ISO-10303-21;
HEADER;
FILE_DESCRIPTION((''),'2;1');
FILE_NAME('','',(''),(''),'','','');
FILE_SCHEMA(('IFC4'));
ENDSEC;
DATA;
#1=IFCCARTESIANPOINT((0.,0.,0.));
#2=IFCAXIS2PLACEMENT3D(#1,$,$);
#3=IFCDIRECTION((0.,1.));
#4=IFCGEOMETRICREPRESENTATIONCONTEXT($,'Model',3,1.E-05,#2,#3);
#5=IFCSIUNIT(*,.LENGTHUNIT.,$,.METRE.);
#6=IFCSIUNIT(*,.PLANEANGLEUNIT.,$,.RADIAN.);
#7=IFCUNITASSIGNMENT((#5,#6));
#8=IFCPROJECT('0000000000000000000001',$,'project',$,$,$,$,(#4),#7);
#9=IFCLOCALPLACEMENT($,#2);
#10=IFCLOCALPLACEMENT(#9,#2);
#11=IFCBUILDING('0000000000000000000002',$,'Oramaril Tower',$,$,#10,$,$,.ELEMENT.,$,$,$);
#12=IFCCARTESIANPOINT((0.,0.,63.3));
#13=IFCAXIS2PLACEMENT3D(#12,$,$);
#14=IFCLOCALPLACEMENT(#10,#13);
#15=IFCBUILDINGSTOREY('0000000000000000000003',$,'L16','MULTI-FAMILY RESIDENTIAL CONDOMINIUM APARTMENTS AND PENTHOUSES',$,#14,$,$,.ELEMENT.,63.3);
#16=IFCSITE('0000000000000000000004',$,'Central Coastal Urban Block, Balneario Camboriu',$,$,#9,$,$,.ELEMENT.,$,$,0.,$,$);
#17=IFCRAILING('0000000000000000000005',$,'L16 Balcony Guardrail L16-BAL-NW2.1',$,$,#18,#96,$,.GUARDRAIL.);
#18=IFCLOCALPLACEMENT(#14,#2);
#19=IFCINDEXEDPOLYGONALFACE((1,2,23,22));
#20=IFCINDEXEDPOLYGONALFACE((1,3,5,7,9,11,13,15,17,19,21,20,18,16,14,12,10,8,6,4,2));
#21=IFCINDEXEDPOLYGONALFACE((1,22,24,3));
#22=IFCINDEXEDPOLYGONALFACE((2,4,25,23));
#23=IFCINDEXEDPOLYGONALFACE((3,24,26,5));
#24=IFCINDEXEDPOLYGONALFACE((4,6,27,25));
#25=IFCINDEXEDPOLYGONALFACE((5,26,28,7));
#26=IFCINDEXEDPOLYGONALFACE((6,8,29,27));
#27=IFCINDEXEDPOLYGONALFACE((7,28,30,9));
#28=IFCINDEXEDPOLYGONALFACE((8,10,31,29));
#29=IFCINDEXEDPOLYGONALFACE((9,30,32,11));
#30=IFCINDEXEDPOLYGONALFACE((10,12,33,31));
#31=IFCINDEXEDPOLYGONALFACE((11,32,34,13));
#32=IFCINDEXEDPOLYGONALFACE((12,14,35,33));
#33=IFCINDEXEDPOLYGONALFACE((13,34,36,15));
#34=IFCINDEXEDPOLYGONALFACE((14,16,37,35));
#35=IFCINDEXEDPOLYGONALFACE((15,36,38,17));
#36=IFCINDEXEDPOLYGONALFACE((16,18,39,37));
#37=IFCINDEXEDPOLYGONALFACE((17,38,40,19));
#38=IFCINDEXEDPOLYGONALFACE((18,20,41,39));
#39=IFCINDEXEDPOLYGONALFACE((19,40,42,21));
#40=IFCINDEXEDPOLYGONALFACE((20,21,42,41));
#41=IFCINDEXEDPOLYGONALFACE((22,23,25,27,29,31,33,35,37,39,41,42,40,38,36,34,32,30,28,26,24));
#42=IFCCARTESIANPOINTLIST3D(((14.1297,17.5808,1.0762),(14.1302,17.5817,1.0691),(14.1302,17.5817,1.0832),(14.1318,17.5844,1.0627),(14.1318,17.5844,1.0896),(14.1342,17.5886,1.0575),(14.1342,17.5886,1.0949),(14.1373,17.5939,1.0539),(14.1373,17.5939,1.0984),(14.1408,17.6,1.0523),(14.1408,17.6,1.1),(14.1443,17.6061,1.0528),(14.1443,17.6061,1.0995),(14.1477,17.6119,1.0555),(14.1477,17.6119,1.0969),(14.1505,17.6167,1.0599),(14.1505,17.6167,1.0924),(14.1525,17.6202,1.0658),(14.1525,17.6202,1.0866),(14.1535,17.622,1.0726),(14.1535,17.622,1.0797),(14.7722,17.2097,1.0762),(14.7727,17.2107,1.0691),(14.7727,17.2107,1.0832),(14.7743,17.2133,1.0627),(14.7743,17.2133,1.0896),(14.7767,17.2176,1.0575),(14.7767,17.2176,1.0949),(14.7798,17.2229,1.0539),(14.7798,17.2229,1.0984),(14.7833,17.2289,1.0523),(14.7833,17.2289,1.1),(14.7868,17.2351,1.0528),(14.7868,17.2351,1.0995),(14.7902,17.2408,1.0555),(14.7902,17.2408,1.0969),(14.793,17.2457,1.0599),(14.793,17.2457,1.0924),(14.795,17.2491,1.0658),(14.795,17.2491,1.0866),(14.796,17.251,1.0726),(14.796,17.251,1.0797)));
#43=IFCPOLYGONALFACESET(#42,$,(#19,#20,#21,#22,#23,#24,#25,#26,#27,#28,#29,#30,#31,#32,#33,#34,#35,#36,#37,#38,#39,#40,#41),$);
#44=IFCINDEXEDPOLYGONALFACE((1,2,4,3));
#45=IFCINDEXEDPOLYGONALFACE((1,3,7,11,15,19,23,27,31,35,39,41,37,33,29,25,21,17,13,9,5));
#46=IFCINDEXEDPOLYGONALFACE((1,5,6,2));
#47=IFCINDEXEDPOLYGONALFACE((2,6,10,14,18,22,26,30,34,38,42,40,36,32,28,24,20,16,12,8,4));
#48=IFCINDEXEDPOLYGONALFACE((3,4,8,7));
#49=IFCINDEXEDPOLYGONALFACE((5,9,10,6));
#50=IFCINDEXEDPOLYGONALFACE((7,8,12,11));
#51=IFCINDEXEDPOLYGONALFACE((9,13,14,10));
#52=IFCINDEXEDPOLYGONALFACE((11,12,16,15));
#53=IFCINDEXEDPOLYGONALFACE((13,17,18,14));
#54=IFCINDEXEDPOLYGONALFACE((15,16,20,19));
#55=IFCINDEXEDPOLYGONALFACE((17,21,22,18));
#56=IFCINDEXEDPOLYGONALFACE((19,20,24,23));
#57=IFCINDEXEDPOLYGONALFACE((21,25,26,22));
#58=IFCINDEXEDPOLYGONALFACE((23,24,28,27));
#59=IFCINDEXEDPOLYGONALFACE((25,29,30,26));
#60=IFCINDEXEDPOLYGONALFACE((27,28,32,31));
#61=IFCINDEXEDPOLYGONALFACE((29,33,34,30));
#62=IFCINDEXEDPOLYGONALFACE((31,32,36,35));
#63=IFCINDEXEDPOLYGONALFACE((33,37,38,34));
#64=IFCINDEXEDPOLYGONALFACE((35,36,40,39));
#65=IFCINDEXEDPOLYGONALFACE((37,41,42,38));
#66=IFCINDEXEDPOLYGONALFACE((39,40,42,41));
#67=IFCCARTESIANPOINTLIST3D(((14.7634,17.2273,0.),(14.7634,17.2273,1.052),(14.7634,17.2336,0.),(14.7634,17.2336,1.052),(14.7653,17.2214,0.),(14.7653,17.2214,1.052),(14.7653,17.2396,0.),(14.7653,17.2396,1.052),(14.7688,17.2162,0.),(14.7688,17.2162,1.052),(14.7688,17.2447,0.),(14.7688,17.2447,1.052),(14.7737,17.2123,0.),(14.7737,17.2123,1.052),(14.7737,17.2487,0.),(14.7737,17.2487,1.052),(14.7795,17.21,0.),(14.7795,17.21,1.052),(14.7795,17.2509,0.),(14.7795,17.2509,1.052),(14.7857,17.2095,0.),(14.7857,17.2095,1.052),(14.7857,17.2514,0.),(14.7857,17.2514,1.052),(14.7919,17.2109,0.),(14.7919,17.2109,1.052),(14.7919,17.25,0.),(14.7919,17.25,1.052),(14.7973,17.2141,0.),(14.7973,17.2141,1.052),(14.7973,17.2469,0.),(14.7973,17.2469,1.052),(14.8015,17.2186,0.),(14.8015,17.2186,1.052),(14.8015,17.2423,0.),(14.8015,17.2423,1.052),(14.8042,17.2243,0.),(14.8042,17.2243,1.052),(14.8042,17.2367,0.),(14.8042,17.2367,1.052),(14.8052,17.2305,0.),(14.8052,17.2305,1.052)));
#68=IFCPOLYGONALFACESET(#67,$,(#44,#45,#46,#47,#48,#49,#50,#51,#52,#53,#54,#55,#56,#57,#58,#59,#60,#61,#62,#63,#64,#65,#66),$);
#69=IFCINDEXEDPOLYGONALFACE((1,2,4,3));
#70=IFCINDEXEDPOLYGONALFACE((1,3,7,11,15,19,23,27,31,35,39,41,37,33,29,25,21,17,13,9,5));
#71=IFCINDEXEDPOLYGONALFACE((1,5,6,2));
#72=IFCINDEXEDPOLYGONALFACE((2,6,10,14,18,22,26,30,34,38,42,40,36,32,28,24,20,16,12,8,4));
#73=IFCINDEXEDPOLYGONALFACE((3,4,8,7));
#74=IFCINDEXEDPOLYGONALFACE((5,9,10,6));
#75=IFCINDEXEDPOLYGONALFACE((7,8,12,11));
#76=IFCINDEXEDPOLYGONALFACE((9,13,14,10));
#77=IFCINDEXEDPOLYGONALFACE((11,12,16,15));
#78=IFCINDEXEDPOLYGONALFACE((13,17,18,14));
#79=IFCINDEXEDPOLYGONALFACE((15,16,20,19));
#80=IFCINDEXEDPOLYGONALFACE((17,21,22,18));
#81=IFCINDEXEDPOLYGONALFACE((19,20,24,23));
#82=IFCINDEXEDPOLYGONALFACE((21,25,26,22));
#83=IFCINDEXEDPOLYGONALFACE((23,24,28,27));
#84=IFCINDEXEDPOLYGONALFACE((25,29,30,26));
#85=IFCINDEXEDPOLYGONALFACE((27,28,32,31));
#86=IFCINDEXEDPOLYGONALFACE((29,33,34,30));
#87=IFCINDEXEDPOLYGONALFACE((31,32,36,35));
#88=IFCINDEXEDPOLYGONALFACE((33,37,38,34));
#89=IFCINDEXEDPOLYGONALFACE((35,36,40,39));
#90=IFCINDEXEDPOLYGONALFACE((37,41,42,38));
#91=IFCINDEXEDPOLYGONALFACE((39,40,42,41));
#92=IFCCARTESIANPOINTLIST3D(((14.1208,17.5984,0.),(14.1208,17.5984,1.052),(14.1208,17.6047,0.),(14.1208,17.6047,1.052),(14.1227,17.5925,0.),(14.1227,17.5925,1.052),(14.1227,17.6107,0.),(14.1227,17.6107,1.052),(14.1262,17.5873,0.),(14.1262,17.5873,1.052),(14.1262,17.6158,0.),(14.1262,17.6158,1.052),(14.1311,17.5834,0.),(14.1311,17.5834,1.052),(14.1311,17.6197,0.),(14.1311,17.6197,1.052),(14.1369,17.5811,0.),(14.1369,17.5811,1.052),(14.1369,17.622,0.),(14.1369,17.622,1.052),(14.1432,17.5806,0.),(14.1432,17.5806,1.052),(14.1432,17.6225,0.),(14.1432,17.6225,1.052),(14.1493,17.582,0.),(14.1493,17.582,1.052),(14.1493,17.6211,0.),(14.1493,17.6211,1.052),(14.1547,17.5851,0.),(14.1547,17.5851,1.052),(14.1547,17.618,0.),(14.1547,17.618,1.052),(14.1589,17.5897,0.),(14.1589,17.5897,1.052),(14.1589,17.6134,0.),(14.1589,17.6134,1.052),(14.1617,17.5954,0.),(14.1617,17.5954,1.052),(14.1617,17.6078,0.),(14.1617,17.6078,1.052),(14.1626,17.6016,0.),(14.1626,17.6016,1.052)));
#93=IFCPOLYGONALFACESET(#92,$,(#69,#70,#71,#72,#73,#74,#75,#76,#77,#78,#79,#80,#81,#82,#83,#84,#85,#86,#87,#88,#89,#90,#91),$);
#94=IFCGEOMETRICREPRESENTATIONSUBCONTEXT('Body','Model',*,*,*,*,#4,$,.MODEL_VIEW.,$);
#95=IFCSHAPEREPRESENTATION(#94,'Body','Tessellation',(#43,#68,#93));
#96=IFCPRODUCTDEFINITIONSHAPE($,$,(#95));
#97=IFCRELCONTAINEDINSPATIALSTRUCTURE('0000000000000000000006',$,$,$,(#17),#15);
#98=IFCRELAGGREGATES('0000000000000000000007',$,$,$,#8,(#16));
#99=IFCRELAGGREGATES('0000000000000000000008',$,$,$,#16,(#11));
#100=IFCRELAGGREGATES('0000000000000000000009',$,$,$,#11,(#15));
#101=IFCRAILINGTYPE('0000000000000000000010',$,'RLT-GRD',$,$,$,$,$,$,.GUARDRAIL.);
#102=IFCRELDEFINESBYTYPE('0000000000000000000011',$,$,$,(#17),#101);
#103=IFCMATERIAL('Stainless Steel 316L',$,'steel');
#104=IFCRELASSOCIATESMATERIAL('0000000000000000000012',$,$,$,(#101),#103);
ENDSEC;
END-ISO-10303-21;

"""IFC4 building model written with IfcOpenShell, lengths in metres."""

from ifc_helpers import new_model, si_unit, direction, frame, origin, origin_2d, place, context, subcontext, project, spatial, circle, extrude, material, type_object, element, save


model = new_model("IFC4")

# Units and contexts
model_context = context("Model", 3, precision=1e-05, world=origin(), true_north=direction((0.0, 1.0)))
body_context = subcontext(model_context, "Body", "Model", "MODEL_VIEW")
ifc_project = project(units=[si_unit("LENGTHUNIT", "METRE"), si_unit("PLANEANGLEUNIT", "RADIAN")], contexts=[model_context])

# Site, building, storey
site_placement = place(None, origin())
site = spatial("IfcSite", under=ifc_project, at=site_placement, Name="Central Coastal Urban Block, Balneario Camboriu", CompositionType="ELEMENT", RefElevation=0.0)
building_placement = place(site_placement, origin())
building = spatial("IfcBuilding", under=site, at=building_placement, Name="Oramaril Tower", CompositionType="ELEMENT")
storey_placement = place(building_placement, frame((0.0, 0.0, 63.3)))
storey = spatial("IfcBuildingStorey", under=building, at=storey_placement, Name="L16", Description="MULTI-FAMILY RESIDENTIAL CONDOMINIUM APARTMENTS AND PENTHOUSES", CompositionType="ELEMENT", Elevation=63.3)

# Railing
ifc_material_1 = material(Name="Stainless Steel 316L", Category="steel")
railing_type = type_object("IfcRailingType", Name="RLT-GRD", PredefinedType="GUARDRAIL", material=ifc_material_1)
railing_1_placement = place(storey_placement, frame((14.7842, 17.2305, 0.0)))
element("IfcRailing", 1, at=railing_1_placement, inside=storey, type_object=railing_type, Name="L16 Balcony Guardrail L16-BAL-NW2.1", PredefinedType="GUARDRAIL", context=body_context, shape_type="SweptSolid", body=[
    extrude(circle(Radius=0.0239, at=origin_2d()), frame((0.0, 0.0, 1.0762), z_axis=(-0.865966, 0.500102, 0.0), x_axis=(-0.500102, -0.865966, 0.0)), (0.0, 0.0, 1.0), 0.7419),
    extrude(circle(Radius=0.021, at=origin_2d()), origin(), (0.0, 0.0, 1.0), 1.052),
    extrude(circle(Radius=0.021, at=origin_2d()), frame((-0.6426, 0.3711, 0.0)), (0.0, 0.0, 1.0), 1.052),
])

save(model, "model.ifc")
